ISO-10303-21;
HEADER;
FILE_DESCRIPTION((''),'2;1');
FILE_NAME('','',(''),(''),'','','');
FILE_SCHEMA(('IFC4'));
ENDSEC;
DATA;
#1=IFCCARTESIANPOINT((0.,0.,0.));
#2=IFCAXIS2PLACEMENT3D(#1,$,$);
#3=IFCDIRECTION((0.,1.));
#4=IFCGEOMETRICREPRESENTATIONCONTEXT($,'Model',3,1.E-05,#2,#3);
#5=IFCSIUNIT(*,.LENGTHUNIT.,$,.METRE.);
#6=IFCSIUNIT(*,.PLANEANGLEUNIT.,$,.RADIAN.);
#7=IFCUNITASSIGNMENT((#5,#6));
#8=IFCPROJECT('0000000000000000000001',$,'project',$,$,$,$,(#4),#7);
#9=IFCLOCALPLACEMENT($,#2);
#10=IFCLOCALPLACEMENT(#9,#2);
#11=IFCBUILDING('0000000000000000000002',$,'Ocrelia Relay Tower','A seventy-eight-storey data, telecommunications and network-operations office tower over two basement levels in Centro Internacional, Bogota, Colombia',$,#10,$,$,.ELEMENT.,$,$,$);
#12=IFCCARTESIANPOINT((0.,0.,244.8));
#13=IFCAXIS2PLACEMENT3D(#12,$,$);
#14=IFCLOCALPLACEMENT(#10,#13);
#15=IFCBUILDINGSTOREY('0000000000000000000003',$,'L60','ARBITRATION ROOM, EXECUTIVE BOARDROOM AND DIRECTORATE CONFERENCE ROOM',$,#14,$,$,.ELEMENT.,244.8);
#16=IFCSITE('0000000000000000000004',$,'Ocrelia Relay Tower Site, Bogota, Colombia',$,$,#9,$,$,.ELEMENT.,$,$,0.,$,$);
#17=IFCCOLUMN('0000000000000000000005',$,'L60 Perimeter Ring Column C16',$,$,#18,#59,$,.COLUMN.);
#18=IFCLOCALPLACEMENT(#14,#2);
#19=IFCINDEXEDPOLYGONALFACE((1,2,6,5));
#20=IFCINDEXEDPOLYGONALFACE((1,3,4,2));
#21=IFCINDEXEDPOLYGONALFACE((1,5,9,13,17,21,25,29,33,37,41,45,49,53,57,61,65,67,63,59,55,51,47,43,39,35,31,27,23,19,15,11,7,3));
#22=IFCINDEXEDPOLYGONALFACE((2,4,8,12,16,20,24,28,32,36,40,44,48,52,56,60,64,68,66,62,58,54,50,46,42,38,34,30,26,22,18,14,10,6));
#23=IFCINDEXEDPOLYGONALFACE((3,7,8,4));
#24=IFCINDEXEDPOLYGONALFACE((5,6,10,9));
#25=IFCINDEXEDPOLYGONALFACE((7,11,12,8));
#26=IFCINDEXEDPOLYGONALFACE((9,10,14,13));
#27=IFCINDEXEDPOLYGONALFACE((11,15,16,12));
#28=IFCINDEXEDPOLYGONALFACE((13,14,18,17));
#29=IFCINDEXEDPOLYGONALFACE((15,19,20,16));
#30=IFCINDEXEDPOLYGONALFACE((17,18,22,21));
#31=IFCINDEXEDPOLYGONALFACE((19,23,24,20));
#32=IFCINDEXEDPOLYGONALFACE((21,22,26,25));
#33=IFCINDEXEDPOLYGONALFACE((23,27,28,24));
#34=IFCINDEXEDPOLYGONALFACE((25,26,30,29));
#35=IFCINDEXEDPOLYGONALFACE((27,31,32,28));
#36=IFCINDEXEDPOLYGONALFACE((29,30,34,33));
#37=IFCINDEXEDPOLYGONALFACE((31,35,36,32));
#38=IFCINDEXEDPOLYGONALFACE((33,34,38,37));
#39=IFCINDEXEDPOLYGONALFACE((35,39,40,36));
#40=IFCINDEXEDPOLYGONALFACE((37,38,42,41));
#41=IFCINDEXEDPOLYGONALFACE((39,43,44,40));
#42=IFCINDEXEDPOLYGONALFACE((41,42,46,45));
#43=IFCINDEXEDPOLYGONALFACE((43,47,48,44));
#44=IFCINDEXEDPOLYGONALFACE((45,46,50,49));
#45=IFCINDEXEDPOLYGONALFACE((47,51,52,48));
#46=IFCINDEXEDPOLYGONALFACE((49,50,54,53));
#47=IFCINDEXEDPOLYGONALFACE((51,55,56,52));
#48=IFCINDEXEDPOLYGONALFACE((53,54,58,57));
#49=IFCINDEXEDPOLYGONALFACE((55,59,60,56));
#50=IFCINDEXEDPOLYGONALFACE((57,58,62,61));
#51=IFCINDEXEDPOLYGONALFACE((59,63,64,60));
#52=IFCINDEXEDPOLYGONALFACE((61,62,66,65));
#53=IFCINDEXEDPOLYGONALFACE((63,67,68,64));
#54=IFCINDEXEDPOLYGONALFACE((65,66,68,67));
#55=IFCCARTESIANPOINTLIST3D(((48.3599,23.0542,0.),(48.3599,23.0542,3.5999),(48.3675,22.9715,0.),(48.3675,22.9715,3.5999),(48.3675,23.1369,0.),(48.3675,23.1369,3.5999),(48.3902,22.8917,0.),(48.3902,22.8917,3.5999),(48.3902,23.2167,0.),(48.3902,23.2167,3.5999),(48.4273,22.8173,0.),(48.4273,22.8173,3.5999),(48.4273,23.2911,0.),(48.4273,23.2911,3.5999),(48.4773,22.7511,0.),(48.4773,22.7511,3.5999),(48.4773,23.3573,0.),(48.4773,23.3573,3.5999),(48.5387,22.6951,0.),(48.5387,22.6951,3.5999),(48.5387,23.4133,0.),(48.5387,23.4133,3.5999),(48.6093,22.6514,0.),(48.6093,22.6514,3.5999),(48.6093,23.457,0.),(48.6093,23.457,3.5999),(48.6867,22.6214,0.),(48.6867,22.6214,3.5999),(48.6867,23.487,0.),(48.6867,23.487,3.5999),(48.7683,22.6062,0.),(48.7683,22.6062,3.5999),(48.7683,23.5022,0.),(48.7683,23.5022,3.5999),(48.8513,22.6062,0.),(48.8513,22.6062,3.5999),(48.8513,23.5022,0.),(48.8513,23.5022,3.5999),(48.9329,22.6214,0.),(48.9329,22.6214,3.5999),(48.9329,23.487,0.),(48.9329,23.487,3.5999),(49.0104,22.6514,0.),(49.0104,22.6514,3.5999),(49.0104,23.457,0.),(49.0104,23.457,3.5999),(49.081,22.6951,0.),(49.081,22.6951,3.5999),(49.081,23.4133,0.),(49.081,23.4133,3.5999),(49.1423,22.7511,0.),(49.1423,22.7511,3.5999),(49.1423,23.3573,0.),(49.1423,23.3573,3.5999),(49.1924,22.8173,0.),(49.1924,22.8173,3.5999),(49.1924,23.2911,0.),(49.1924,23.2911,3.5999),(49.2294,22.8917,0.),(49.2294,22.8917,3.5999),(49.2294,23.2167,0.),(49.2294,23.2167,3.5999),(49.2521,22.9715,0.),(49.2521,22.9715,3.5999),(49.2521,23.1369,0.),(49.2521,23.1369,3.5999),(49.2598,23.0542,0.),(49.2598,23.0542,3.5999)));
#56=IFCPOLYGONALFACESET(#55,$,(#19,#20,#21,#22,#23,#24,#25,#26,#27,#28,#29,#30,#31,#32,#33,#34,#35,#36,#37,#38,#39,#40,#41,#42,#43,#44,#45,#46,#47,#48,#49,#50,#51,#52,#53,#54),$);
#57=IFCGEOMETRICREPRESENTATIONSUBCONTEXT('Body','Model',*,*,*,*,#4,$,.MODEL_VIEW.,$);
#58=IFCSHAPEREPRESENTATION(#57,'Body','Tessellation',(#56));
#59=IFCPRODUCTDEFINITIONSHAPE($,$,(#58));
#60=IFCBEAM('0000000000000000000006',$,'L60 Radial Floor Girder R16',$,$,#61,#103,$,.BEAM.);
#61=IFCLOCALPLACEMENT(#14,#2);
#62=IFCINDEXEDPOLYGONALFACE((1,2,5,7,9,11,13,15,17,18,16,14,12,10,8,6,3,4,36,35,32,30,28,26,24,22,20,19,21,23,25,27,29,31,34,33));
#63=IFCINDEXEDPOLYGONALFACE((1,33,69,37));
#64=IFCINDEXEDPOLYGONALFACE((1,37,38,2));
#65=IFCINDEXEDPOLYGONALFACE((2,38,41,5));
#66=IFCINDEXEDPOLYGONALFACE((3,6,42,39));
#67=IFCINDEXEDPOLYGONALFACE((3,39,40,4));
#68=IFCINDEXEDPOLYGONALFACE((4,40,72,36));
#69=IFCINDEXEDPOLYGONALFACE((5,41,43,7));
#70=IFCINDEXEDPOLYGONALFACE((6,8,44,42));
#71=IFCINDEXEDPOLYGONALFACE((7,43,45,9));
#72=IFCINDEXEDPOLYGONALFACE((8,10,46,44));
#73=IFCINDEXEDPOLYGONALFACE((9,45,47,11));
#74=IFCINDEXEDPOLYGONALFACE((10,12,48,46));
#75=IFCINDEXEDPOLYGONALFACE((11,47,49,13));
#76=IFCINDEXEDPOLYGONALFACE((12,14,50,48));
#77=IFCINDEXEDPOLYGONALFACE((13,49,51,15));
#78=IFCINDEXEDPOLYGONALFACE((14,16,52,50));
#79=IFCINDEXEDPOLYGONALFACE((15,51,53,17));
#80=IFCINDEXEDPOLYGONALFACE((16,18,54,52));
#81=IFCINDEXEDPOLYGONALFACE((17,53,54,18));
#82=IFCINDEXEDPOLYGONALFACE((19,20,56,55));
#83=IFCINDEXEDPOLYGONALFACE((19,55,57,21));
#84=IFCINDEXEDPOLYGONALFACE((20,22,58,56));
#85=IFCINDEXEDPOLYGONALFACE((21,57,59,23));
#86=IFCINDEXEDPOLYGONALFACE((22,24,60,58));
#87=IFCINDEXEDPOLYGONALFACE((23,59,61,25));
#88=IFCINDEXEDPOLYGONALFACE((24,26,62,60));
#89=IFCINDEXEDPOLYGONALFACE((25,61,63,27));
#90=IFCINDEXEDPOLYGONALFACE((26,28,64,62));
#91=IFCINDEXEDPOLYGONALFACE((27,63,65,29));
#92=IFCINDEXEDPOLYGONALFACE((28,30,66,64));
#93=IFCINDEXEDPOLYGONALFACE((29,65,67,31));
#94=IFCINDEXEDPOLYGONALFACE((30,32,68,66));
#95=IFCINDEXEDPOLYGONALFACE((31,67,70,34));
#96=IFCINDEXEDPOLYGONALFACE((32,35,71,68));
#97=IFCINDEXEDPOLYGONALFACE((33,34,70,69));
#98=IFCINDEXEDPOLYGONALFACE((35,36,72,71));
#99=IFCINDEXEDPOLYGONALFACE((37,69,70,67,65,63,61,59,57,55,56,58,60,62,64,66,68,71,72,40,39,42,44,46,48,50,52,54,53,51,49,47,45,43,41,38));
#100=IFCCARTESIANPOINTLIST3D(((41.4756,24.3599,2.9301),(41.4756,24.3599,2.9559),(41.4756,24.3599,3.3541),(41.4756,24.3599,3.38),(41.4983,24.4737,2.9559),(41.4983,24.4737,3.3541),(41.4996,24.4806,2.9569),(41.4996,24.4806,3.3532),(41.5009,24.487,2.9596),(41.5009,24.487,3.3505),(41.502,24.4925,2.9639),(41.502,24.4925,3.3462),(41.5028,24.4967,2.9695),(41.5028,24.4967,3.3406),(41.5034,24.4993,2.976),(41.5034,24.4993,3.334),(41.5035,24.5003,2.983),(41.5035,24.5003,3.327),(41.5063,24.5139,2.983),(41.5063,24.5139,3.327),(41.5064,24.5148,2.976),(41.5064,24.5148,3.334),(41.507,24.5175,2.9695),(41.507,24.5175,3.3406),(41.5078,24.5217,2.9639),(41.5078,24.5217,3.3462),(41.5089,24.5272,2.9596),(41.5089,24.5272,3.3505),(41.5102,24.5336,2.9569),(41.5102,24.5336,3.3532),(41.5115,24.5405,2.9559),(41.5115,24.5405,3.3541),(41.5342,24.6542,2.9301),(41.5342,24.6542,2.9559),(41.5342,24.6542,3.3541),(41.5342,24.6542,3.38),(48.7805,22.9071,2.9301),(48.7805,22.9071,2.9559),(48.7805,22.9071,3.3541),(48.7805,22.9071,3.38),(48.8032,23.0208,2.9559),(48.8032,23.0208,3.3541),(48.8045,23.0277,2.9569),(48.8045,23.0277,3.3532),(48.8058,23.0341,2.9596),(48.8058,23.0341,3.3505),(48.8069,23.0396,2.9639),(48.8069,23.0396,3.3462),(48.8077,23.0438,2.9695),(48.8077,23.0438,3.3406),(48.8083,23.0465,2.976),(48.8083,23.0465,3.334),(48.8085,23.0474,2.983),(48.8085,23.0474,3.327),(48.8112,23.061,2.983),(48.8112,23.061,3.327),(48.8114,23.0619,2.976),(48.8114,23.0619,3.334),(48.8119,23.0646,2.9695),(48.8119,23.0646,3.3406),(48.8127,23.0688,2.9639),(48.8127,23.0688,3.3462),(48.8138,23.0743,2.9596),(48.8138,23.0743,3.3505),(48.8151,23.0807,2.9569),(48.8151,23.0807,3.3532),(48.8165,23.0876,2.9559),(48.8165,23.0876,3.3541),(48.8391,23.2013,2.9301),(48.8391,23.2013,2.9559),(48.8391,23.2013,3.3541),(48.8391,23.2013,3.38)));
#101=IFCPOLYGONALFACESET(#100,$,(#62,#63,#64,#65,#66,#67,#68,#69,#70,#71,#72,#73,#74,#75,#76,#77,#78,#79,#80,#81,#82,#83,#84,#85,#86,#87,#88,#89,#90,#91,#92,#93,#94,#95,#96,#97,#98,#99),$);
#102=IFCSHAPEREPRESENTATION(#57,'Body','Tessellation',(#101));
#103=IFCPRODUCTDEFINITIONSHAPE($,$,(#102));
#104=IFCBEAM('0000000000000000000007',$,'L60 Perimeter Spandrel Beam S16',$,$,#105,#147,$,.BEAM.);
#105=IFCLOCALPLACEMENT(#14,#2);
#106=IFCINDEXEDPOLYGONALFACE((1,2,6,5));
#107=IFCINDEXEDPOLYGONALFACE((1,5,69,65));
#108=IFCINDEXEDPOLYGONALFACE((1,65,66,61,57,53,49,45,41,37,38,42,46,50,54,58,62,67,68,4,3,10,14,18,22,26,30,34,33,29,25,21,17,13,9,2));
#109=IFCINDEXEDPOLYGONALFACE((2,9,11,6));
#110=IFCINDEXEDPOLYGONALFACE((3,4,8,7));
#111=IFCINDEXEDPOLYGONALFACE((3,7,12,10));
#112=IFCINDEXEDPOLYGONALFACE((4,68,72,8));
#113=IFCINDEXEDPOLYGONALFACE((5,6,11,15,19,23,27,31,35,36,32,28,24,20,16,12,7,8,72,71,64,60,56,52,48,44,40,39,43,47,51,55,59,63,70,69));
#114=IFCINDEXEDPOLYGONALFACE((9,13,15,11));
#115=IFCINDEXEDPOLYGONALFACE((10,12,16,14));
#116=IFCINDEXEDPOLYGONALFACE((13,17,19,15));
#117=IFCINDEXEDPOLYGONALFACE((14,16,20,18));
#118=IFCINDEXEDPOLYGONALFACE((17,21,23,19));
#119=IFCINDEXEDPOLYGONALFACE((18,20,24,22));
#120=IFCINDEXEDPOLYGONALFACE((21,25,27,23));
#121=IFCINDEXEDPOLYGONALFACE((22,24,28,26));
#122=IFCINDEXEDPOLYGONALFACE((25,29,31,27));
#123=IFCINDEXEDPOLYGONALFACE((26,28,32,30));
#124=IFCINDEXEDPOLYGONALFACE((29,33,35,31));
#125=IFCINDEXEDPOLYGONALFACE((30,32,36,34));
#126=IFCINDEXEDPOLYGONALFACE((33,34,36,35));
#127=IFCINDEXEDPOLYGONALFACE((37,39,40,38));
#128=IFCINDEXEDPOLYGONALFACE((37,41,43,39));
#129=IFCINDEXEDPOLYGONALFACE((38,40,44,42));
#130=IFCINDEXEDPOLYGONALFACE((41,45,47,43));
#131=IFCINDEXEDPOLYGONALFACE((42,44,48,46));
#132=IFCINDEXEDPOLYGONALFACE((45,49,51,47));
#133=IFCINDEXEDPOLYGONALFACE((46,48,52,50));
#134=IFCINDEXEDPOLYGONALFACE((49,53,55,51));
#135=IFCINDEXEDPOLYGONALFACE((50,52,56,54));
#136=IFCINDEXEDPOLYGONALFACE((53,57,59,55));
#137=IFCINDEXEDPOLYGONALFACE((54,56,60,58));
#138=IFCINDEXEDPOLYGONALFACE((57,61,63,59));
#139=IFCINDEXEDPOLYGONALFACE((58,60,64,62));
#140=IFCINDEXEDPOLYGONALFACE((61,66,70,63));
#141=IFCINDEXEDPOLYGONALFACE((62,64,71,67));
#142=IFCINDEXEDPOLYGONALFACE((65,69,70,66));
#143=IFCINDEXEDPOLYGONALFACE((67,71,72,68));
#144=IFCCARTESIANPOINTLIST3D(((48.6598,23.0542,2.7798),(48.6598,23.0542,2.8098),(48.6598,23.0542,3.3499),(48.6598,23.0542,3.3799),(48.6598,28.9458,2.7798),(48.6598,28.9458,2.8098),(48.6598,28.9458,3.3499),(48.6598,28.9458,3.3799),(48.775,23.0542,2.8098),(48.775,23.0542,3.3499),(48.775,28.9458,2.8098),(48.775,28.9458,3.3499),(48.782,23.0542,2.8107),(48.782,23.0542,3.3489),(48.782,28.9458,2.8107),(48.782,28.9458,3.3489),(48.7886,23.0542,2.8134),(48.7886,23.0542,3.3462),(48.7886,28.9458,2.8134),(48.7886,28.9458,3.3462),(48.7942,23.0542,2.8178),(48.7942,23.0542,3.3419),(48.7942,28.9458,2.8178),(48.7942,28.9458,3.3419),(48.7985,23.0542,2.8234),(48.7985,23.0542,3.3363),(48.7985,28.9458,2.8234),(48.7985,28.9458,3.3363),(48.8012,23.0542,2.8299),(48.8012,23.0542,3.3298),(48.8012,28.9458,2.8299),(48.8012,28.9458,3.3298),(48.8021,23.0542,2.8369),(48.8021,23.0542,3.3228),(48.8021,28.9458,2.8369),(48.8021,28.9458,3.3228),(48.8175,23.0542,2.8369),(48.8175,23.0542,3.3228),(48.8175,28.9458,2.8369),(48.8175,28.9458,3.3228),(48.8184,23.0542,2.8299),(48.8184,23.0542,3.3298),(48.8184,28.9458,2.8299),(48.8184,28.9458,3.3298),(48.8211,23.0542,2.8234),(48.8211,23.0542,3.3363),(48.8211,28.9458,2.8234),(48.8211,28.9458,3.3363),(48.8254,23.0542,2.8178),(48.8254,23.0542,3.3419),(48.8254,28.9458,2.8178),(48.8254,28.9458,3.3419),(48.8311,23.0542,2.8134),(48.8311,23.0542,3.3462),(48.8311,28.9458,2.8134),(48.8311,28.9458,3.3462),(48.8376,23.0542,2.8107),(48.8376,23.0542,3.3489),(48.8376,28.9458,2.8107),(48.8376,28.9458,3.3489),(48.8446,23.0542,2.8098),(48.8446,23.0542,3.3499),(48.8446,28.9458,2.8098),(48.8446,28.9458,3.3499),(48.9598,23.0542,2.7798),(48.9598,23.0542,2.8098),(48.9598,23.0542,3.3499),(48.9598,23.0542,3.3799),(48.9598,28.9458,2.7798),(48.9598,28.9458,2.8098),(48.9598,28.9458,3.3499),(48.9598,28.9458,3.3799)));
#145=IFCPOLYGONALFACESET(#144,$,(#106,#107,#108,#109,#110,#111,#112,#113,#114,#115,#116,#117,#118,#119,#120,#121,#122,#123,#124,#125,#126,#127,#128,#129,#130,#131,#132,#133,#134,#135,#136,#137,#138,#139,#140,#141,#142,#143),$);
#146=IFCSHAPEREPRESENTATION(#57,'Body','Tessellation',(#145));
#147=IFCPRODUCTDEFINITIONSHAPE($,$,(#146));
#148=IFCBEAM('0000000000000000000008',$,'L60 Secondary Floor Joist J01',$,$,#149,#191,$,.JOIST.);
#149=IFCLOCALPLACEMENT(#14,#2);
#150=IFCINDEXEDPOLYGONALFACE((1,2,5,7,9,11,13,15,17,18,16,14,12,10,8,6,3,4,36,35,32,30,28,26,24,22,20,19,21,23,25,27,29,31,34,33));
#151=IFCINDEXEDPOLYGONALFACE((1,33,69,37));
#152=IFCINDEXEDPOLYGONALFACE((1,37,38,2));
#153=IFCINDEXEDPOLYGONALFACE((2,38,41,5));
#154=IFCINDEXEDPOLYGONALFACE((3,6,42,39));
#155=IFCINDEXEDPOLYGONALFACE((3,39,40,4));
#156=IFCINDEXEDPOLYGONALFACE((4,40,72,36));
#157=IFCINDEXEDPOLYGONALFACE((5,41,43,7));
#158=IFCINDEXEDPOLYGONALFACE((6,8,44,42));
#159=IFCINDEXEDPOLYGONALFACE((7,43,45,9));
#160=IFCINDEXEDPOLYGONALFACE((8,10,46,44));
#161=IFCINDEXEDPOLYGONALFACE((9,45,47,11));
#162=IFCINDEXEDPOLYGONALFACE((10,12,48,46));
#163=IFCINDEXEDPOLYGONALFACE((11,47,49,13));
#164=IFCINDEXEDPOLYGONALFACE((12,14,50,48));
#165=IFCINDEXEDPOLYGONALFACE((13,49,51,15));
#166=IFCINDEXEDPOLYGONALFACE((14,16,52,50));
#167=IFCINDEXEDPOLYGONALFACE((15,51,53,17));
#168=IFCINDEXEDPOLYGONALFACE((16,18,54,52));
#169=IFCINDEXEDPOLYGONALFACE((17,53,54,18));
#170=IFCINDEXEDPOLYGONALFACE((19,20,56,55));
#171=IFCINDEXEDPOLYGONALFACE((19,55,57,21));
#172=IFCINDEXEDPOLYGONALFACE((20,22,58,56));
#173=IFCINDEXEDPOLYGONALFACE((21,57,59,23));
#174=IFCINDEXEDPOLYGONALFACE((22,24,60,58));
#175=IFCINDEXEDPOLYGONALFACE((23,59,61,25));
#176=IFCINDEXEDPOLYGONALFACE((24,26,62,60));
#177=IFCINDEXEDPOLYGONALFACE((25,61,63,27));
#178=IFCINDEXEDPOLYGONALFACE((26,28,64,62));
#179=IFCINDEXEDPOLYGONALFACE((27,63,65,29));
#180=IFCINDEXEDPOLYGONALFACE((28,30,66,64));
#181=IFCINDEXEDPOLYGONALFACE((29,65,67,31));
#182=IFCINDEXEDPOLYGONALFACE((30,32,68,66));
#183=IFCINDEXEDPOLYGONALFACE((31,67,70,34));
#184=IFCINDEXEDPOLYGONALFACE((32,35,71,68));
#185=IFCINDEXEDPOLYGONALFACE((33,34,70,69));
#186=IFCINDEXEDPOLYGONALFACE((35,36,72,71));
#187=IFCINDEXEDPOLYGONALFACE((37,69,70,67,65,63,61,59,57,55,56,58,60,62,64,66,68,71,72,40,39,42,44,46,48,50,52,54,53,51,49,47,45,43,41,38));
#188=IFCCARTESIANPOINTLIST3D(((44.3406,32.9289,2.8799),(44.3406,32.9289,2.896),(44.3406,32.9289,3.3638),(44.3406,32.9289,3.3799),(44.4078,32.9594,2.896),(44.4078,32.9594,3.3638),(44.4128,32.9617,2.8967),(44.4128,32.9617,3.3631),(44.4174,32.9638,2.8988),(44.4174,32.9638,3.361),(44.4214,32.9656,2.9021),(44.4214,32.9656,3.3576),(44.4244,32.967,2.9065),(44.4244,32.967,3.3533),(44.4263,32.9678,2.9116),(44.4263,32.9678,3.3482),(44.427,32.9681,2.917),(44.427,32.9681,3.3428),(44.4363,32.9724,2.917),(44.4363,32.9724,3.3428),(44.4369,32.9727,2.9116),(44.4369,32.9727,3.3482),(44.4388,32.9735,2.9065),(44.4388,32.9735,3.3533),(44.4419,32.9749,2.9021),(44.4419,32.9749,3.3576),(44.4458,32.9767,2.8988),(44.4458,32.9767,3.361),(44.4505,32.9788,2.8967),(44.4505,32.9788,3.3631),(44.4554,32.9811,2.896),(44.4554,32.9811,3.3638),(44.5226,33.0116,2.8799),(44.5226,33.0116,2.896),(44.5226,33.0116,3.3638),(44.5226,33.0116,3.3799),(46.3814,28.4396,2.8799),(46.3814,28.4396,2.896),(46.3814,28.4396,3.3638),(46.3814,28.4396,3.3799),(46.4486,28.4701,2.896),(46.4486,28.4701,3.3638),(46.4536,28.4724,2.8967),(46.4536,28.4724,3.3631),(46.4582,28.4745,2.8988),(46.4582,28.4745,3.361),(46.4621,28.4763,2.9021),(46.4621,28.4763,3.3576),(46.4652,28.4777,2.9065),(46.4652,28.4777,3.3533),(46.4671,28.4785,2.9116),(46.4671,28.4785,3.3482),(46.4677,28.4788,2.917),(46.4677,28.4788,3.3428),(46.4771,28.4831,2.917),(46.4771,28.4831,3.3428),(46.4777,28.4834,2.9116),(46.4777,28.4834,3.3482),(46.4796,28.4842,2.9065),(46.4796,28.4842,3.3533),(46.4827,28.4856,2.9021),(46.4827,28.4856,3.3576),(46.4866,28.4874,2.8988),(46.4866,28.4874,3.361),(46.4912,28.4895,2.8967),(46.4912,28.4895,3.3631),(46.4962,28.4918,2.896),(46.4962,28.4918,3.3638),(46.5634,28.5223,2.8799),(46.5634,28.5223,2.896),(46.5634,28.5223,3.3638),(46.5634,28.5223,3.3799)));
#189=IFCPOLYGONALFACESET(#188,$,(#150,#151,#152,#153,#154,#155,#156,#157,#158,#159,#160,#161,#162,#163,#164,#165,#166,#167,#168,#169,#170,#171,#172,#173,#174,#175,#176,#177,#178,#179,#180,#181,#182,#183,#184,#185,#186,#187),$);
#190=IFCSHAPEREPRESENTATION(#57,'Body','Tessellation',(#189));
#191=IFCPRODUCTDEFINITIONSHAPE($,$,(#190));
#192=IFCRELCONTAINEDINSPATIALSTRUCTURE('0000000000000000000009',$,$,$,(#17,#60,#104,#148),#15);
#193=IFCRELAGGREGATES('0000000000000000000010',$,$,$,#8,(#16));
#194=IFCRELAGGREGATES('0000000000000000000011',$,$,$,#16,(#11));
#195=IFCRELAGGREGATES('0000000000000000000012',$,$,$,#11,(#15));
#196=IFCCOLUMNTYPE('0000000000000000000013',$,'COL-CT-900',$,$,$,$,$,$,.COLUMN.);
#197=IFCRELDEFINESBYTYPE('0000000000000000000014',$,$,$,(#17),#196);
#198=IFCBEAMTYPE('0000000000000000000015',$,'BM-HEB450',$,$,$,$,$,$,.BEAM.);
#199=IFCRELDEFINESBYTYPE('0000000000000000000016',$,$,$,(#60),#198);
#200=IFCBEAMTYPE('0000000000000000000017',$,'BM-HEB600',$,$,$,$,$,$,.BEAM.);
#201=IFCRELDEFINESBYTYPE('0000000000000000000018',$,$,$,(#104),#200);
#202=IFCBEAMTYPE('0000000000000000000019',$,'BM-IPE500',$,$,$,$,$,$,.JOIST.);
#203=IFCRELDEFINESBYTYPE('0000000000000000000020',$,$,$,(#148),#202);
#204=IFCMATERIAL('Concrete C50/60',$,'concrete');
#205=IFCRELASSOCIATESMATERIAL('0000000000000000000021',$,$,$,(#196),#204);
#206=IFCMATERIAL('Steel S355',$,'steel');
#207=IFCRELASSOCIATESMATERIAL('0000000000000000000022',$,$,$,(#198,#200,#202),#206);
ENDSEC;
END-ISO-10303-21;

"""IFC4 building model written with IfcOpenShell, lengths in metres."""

from ifc_helpers import new_model, si_unit, direction, frame, origin, origin_2d, place, context, subcontext, project, spatial, circle, i_section, extrude, material, material_profile, profile_set, type_object, element, save


model = new_model("IFC4")

# Units and contexts
model_context = context("Model", 3, precision=1e-05, world=origin(), true_north=direction((0.0, 1.0)))
body_context = subcontext(model_context, "Body", "Model", "MODEL_VIEW")
ifc_project = project(units=[si_unit("LENGTHUNIT", "METRE"), si_unit("PLANEANGLEUNIT", "RADIAN")], contexts=[model_context])

# Site, building, storey
site_placement = place(None, origin())
site = spatial("IfcSite", under=ifc_project, at=site_placement, Name="Ocrelia Relay Tower Site, Bogota, Colombia", CompositionType="ELEMENT", RefElevation=0.0)
building_placement = place(site_placement, origin())
building = spatial("IfcBuilding", under=site, at=building_placement, Name="Ocrelia Relay Tower", Description="A seventy-eight-storey data, telecommunications and network-operations office tower over two basement levels in Centro Internacional, Bogota, Colombia", CompositionType="ELEMENT")
storey_placement = place(building_placement, frame((0.0, 0.0, 244.8)))
storey = spatial("IfcBuildingStorey", under=building, at=storey_placement, Name="L60", Description="ARBITRATION ROOM, EXECUTIVE BOARDROOM AND DIRECTORATE CONFERENCE ROOM", CompositionType="ELEMENT", Elevation=244.8)

# Column
ifc_material_1 = material(Name="Concrete C50/60", Category="concrete")
ifc_material_profile_1 = material_profile(ifc_material_1, circle(Radius=0.45, at=origin_2d()), Name="RC-CIR-900")
ifc_profile_set_1 = profile_set([ifc_material_profile_1], Name="Concrete C50/60")
column_type = type_object("IfcColumnType", Name="COL-CT-900", PredefinedType="COLUMN", material=ifc_profile_set_1)
column_placement = place(storey_placement, frame((48.8098, 23.0542, 0.0), z_axis=(0.0, 0.0, 1.0), x_axis=(1.0, 0.0, 0.0)))
element("IfcColumn", 1, at=column_placement, inside=storey, type_object=column_type, Name="L60 Perimeter Ring Column C16", PredefinedType="COLUMN", context=body_context, shape_type="SweptSolid", body=[
    extrude(circle(Radius=0.45, at=origin_2d()), origin(), (0.0, 0.0, 1.0), 3.5999),
])

# Beams
ifc_material_2 = material(Name="Steel S355", Category="steel")
ifc_material_profile_2 = material_profile(ifc_material_2, i_section(OverallWidth=0.3, OverallDepth=0.45, WebThickness=0.0139, FlangeThickness=0.0259, FilletRadius=0.0271, at=origin_2d()), Name="HEB 450")
ifc_profile_set_2 = profile_set([ifc_material_profile_2], Name="Steel S355")
beam_type_1 = type_object("IfcBeamType", Name="BM-HEB450", PredefinedType="BEAM", material=ifc_profile_set_2)
beam_1_placement = place(storey_placement, frame((48.8098, 23.0542, 3.155), z_axis=(-0.980789, 0.19507, 0.0), x_axis=(-0.19507, -0.980789, 0.0)))
element("IfcBeam", 2, at=beam_1_placement, inside=storey, type_object=beam_type_1, Name="L60 Radial Floor Girder R16", PredefinedType="BEAM", context=body_context, shape_type="SweptSolid", body=[
    extrude(i_section(OverallWidth=0.3, OverallDepth=0.45, WebThickness=0.0139, FlangeThickness=0.0259, FilletRadius=0.0271, at=origin_2d()), origin(), (0.0, 0.0, 1.0), 7.448),
])
ifc_material_profile_3 = material_profile(ifc_material_2, i_section(OverallWidth=0.3, OverallDepth=0.6001, WebThickness=0.0154, FlangeThickness=0.03, FilletRadius=0.0271, at=origin_2d()), Name="HEB 600")
ifc_profile_set_3 = profile_set([ifc_material_profile_3], Name="Steel S355")
beam_type_2 = type_object("IfcBeamType", Name="BM-HEB600", PredefinedType="BEAM", material=ifc_profile_set_3)
beam_2_placement = place(storey_placement, frame((48.8098, 23.0542, 3.0798), z_axis=(0.0, 1.0, 0.0), x_axis=(-1.0, 0.0, 0.0)))
element("IfcBeam", 3, at=beam_2_placement, inside=storey, type_object=beam_type_2, Name="L60 Perimeter Spandrel Beam S16", PredefinedType="BEAM", context=body_context, shape_type="SweptSolid", body=[
    extrude(i_section(OverallWidth=0.3, OverallDepth=0.6001, WebThickness=0.0154, FlangeThickness=0.03, FilletRadius=0.0271, at=origin_2d()), origin(), (0.0, 0.0, 1.0), 5.8916),
])
ifc_material_profile_4 = material_profile(ifc_material_2, i_section(OverallWidth=0.2, OverallDepth=0.5, WebThickness=0.0103, FlangeThickness=0.0161, FilletRadius=0.021, at=origin_2d()), Name="IPE 500")
ifc_profile_set_4 = profile_set([ifc_material_profile_4], Name="Steel S355")
beam_type_3 = type_object("IfcBeamType", Name="BM-IPE500", PredefinedType="JOIST", material=ifc_profile_set_4)
beam_3_placement = place(storey_placement, frame((46.4724, 28.481, 3.1299), z_axis=(-0.413837, 0.910351, 0.0), x_axis=(-0.910351, -0.413837, 0.0)))
element("IfcBeam", 4, at=beam_3_placement, inside=storey, type_object=beam_type_3, Name="L60 Secondary Floor Joist J01", PredefinedType="JOIST", context=body_context, shape_type="SweptSolid", body=[
    extrude(i_section(OverallWidth=0.2, OverallDepth=0.5, WebThickness=0.0103, FlangeThickness=0.0161, FilletRadius=0.021, at=origin_2d()), origin(), (0.0, 0.0, 1.0), 4.9314),
])

save(model, "model.ifc")
